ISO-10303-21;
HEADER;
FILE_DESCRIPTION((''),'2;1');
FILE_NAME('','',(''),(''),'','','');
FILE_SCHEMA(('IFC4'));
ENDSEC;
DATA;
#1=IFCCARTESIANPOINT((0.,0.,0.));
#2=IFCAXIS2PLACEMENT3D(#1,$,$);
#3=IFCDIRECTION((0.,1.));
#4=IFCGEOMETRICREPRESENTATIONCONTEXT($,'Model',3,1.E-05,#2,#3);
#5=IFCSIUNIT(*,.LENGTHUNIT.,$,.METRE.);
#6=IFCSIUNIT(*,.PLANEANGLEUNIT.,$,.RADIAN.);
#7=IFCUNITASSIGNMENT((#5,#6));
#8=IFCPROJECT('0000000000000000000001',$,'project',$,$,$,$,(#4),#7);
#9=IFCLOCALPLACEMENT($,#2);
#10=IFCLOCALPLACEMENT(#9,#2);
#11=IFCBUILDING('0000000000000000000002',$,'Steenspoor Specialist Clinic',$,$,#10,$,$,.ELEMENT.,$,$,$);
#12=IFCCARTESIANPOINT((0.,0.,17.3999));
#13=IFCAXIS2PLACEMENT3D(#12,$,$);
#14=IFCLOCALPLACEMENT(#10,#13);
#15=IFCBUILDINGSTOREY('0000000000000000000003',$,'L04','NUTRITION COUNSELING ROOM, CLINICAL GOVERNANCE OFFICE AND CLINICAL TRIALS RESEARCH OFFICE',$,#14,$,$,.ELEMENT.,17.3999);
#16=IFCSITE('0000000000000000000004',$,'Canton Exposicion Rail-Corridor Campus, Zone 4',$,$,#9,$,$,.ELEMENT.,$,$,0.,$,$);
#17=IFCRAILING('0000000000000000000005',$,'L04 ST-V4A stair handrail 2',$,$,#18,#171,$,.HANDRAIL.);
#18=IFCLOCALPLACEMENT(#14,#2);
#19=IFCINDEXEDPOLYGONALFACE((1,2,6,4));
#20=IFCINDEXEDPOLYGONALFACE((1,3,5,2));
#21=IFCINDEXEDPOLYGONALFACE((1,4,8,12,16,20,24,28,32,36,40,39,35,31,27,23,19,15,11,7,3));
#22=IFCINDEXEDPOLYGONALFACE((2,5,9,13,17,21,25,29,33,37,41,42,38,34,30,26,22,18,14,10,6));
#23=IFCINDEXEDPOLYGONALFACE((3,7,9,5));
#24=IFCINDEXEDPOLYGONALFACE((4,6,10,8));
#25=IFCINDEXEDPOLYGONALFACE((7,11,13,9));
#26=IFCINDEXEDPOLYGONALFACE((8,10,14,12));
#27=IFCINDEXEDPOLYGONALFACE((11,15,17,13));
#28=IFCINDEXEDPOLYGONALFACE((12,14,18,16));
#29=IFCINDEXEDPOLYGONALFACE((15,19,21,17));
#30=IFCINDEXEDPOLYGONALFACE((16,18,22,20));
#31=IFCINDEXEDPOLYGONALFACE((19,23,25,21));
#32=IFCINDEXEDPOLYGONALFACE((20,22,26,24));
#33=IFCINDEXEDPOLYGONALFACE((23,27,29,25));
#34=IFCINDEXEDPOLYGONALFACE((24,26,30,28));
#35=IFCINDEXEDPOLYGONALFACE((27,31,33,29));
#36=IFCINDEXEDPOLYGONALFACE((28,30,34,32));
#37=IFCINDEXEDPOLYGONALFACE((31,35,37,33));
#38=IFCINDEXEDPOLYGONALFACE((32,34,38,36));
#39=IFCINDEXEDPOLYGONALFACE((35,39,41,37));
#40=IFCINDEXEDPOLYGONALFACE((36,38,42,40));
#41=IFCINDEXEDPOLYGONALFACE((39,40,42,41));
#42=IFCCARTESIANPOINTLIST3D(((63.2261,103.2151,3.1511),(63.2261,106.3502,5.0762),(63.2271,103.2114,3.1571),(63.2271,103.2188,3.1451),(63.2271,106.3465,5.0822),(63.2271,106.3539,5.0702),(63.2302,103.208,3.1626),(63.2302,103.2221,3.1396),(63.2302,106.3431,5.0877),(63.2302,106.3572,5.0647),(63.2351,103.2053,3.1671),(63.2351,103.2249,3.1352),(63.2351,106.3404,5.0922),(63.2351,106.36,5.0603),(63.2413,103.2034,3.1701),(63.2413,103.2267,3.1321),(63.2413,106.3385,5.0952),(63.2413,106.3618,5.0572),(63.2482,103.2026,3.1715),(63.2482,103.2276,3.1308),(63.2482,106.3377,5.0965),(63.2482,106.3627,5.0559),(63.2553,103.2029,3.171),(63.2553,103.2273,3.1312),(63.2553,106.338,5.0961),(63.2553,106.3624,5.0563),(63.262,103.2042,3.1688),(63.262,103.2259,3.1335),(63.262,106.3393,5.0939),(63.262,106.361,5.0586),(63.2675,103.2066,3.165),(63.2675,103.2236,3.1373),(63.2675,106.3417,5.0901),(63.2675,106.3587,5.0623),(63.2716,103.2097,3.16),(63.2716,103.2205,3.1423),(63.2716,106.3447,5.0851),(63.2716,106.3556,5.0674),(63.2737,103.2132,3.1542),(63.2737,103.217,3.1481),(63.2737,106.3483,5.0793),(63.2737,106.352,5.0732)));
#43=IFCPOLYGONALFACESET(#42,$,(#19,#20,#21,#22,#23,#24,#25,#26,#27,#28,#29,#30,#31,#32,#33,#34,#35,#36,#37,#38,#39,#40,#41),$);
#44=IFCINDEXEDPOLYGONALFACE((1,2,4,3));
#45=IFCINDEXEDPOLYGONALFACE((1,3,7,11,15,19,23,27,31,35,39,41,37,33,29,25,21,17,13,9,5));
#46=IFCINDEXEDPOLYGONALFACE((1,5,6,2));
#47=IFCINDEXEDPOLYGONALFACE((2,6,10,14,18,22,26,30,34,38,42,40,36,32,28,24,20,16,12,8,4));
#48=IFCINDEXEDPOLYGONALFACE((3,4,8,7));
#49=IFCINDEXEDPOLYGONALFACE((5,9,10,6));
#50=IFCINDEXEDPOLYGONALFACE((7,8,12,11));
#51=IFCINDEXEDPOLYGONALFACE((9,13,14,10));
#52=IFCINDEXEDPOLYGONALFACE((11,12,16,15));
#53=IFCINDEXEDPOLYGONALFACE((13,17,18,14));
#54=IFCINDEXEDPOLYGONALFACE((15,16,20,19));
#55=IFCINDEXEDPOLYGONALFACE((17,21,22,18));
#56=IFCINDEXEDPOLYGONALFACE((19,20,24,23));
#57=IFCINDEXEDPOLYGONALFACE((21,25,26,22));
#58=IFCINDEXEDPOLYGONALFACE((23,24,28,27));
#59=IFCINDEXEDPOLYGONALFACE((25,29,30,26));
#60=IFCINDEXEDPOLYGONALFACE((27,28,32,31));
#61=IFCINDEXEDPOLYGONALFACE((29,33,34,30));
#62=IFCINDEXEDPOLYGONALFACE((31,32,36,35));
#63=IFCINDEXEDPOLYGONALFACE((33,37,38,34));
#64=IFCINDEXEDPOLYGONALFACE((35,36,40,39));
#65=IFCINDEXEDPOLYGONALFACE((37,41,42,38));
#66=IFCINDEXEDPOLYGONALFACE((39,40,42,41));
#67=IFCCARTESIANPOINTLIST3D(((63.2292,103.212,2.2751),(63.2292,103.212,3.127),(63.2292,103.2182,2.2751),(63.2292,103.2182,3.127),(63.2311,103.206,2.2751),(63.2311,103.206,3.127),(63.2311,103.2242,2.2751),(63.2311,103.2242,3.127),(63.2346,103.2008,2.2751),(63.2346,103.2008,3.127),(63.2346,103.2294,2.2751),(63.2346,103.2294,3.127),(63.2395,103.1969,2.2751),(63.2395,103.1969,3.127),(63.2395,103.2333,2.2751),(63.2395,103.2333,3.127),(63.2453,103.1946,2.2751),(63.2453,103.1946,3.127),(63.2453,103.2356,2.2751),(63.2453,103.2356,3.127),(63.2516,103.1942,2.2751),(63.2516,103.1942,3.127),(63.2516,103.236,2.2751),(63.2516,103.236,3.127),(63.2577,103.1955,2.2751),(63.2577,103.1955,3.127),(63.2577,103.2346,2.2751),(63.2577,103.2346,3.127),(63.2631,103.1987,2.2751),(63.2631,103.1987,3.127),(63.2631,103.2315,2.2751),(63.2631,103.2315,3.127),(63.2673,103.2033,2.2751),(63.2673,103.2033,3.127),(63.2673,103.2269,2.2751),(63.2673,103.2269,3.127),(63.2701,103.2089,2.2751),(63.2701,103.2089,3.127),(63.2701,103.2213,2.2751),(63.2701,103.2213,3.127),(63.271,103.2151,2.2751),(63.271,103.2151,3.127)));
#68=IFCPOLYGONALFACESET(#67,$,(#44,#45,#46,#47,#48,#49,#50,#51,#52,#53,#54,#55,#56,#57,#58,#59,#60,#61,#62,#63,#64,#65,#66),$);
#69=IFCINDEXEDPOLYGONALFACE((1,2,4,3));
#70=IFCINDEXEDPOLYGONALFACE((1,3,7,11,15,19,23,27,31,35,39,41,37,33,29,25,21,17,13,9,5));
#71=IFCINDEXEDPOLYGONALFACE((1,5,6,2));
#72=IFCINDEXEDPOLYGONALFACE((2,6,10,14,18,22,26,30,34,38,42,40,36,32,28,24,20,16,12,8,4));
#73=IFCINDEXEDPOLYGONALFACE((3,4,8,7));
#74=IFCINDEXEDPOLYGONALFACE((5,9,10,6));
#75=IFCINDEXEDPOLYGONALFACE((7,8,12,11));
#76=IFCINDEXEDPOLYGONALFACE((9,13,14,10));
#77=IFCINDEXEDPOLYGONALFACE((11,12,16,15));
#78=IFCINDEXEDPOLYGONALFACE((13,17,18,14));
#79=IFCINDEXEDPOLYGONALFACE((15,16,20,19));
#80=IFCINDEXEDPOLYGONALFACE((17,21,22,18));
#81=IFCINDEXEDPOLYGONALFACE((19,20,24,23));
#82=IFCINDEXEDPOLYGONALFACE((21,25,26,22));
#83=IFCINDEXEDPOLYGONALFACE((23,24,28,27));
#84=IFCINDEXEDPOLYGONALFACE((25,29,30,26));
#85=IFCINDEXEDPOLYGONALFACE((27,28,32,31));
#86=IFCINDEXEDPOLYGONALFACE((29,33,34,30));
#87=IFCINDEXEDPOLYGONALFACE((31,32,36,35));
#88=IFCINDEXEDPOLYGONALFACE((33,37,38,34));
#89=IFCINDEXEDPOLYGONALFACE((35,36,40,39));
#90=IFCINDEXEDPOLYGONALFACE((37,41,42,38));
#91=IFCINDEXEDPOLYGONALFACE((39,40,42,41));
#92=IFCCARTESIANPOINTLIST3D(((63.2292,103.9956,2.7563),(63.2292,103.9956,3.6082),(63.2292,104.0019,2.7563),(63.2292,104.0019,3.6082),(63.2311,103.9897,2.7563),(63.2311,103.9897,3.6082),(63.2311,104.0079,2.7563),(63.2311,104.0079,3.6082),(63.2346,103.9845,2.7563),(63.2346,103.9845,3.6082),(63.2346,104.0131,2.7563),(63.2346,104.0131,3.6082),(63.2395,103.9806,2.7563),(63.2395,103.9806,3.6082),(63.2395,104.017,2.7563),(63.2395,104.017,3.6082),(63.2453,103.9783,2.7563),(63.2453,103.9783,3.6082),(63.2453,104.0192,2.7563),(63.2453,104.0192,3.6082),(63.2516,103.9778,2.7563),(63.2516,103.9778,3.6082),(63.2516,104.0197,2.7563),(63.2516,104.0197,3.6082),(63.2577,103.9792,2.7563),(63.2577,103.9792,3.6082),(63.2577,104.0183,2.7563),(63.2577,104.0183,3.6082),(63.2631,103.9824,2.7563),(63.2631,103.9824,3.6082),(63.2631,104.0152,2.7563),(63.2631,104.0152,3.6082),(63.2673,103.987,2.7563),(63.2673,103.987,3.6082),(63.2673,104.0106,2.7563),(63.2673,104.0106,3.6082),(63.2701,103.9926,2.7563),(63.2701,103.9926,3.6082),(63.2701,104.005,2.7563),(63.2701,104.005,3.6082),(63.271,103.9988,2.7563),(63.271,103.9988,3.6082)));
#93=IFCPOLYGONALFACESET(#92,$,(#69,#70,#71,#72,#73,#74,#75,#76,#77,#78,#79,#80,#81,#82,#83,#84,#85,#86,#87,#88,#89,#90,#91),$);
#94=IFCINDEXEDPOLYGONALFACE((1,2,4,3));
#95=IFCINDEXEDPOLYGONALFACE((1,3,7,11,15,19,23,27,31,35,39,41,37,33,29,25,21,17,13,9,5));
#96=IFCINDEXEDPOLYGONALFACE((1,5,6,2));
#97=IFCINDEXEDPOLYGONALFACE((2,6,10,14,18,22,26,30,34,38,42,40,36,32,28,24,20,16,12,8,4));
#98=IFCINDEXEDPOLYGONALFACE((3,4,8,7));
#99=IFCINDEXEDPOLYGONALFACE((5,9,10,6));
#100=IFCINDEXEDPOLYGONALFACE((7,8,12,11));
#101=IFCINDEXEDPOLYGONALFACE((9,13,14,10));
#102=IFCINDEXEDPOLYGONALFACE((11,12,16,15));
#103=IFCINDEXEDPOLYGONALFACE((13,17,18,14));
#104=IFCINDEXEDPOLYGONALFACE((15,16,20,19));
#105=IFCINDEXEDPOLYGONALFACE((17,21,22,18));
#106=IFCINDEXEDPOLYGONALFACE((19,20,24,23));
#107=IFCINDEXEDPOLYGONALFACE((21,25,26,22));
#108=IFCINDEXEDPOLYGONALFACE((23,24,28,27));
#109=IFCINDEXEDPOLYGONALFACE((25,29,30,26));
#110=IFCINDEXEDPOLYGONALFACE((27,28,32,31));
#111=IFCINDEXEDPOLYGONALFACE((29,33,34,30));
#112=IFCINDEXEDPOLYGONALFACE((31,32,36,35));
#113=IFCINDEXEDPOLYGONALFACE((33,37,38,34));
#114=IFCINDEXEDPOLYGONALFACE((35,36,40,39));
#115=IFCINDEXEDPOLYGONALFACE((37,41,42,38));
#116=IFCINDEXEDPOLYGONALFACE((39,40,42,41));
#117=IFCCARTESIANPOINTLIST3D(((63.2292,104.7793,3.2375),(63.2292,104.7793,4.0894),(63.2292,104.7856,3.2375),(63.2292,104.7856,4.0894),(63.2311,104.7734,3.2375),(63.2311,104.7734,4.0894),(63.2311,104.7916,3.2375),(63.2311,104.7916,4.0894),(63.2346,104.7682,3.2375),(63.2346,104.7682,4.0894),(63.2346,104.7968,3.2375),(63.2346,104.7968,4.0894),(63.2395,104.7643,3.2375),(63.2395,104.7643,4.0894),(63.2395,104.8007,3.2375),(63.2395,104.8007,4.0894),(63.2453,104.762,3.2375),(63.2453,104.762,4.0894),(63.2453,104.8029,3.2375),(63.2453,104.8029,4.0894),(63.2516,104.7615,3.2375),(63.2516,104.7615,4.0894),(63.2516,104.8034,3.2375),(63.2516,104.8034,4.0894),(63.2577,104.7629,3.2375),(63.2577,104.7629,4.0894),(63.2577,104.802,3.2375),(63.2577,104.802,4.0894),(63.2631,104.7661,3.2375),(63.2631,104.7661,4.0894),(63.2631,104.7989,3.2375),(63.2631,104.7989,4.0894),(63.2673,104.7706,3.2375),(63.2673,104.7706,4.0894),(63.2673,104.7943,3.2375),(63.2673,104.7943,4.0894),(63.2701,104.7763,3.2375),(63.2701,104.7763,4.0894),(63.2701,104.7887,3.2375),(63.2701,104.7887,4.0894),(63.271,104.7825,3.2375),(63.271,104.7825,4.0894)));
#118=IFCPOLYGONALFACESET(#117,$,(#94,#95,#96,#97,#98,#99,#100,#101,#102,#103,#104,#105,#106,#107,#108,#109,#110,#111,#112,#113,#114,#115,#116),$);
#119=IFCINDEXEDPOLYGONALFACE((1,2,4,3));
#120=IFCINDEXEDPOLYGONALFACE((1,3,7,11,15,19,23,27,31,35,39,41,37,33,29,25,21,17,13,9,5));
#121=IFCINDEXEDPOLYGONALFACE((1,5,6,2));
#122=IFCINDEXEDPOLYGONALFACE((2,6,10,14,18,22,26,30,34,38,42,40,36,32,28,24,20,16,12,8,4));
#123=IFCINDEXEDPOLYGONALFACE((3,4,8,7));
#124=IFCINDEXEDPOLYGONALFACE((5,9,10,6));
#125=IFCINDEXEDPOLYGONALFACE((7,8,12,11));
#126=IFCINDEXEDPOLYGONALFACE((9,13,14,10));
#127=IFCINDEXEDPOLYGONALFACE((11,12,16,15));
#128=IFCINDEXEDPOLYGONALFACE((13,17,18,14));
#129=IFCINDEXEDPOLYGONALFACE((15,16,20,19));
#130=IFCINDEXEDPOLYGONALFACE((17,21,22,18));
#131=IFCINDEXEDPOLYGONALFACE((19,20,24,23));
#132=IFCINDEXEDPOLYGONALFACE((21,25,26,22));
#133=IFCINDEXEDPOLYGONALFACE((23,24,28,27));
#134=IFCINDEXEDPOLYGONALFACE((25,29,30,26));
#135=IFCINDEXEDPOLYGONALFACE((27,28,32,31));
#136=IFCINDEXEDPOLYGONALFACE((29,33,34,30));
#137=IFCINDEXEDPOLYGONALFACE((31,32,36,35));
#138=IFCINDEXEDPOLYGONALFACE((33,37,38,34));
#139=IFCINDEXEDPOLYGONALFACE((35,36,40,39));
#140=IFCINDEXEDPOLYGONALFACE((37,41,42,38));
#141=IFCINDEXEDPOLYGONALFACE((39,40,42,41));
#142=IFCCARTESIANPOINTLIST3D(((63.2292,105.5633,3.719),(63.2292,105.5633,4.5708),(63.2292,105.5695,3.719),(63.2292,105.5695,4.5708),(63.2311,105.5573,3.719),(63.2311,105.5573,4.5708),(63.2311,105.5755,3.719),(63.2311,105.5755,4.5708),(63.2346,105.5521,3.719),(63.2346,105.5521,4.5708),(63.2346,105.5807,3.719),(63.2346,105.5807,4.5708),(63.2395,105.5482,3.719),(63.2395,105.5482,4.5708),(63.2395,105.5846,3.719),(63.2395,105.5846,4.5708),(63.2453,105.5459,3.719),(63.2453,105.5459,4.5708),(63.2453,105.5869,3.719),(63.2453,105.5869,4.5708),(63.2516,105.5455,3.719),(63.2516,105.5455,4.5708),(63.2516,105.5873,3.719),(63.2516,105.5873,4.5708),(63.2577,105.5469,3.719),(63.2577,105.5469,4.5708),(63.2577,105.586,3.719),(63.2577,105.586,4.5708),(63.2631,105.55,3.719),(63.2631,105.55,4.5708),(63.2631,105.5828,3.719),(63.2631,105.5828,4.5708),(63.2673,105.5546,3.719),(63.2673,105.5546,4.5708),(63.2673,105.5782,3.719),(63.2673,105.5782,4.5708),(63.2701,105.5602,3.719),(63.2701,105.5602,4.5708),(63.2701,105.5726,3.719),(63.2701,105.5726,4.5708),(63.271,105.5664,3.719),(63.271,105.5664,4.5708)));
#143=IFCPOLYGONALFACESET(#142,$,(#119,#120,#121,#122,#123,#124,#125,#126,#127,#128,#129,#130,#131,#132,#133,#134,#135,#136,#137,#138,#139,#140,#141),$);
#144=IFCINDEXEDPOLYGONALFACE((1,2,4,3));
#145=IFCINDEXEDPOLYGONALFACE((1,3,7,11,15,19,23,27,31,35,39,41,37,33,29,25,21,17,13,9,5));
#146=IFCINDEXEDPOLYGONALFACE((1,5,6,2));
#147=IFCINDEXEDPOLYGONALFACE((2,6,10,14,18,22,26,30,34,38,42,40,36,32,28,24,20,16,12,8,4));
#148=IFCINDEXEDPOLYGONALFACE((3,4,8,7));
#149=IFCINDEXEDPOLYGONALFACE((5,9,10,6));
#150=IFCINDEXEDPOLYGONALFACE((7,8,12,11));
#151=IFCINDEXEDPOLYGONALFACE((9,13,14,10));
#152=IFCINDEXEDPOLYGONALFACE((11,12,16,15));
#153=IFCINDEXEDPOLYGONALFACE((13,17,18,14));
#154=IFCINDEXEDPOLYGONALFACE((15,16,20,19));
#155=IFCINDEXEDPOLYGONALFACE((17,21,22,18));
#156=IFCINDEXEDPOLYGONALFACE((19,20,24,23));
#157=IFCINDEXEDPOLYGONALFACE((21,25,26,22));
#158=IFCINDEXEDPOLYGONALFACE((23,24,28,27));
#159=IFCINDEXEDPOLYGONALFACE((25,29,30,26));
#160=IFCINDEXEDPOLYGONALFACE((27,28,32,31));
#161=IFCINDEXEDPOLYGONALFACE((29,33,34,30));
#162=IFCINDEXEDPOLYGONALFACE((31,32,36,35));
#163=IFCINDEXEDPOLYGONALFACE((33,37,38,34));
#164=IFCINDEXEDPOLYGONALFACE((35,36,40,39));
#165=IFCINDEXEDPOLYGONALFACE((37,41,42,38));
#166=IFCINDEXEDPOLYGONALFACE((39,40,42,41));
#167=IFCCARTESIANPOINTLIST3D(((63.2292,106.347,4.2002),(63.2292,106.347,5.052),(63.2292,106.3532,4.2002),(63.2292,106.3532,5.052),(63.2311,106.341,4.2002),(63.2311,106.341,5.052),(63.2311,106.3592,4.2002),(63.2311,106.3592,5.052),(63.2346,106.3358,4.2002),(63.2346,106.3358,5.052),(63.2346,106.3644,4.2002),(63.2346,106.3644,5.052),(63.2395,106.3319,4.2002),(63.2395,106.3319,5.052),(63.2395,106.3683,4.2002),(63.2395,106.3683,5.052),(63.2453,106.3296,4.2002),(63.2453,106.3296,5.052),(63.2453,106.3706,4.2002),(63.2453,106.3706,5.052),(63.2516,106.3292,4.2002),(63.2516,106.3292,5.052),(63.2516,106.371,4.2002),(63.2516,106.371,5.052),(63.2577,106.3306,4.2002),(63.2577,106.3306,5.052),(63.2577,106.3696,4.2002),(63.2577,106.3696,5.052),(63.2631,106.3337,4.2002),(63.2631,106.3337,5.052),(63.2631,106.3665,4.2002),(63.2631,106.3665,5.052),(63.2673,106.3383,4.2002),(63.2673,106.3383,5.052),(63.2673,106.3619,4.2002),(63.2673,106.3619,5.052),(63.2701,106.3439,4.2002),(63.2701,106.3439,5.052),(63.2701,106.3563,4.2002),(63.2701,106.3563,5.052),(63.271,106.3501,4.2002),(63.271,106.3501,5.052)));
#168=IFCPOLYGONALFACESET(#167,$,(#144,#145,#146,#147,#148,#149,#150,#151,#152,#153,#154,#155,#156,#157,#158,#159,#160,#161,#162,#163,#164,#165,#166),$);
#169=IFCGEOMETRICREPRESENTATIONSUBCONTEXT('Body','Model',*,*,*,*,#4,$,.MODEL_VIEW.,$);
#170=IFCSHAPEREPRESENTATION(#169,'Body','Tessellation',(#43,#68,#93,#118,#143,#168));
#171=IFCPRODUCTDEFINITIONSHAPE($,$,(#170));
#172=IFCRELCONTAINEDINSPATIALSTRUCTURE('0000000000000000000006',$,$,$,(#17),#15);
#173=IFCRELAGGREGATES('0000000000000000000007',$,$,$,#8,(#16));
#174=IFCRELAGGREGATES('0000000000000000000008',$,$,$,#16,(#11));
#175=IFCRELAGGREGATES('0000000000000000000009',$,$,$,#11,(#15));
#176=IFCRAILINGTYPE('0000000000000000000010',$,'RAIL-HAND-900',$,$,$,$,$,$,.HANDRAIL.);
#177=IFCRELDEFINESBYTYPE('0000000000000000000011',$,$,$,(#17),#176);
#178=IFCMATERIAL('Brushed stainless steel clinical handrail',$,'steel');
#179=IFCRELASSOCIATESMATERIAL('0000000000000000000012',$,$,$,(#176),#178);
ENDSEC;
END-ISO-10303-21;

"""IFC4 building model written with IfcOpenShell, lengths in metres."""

from ifc_helpers import new_model, si_unit, direction, frame, origin, origin_2d, place, context, subcontext, project, spatial, circle, extrude, material, type_object, element, save


model = new_model("IFC4")

# Units and contexts
model_context = context("Model", 3, precision=1e-05, world=origin(), true_north=direction((0.0, 1.0)))
body_context = subcontext(model_context, "Body", "Model", "MODEL_VIEW")
ifc_project = project(units=[si_unit("LENGTHUNIT", "METRE"), si_unit("PLANEANGLEUNIT", "RADIAN")], contexts=[model_context])

# Site, building, storey
site_placement = place(None, origin())
site = spatial("IfcSite", under=ifc_project, at=site_placement, Name="Canton Exposicion Rail-Corridor Campus, Zone 4", CompositionType="ELEMENT", RefElevation=0.0)
building_placement = place(site_placement, origin())
building = spatial("IfcBuilding", under=site, at=building_placement, Name="Steenspoor Specialist Clinic", CompositionType="ELEMENT")
storey_placement = place(building_placement, frame((0.0, 0.0, 17.3999)))
storey = spatial("IfcBuildingStorey", under=building, at=storey_placement, Name="L04", Description="NUTRITION COUNSELING ROOM, CLINICAL GOVERNANCE OFFICE AND CLINICAL TRIALS RESEARCH OFFICE", CompositionType="ELEMENT", Elevation=17.3999)

# Railing
ifc_material_1 = material(Name="Brushed stainless steel clinical handrail", Category="steel")
railing_type_1 = type_object("IfcRailingType", Name="RAIL-HAND-900", PredefinedType="HANDRAIL", material=ifc_material_1)
railing_1_placement = place(storey_placement, frame((63.25, 103.2151, 2.2751)))
element("IfcRailing", 1, at=railing_1_placement, inside=storey, type_object=railing_type_1, Name="L04 ST-V4A stair handrail 2", PredefinedType="HANDRAIL", context=body_context, shape_type="SweptSolid", body=[
    extrude(circle(Radius=0.0239, at=origin_2d()), frame((0.0, 0.0, 0.876), z_axis=(0.0, 0.852166, 0.523271), x_axis=(-1.0, 0.0, 0.0)), (0.0, 0.0, 1.0), 3.679),
    extrude(circle(Radius=0.021, at=origin_2d()), origin(), (0.0, 0.0, 1.0), 0.8518),
    extrude(circle(Radius=0.021, at=origin_2d()), frame((0.0, 0.7837, 0.4812)), (0.0, 0.0, 1.0), 0.8518),
    extrude(circle(Radius=0.021, at=origin_2d()), frame((0.0, 1.5674, 0.9624)), (0.0, 0.0, 1.0), 0.8518),
    extrude(circle(Radius=0.021, at=origin_2d()), frame((0.0, 2.3513, 1.4438)), (0.0, 0.0, 1.0), 0.8518),
    extrude(circle(Radius=0.021, at=origin_2d()), frame((0.0, 3.135, 1.925)), (0.0, 0.0, 1.0), 0.8518),
])

save(model, "model.ifc")
